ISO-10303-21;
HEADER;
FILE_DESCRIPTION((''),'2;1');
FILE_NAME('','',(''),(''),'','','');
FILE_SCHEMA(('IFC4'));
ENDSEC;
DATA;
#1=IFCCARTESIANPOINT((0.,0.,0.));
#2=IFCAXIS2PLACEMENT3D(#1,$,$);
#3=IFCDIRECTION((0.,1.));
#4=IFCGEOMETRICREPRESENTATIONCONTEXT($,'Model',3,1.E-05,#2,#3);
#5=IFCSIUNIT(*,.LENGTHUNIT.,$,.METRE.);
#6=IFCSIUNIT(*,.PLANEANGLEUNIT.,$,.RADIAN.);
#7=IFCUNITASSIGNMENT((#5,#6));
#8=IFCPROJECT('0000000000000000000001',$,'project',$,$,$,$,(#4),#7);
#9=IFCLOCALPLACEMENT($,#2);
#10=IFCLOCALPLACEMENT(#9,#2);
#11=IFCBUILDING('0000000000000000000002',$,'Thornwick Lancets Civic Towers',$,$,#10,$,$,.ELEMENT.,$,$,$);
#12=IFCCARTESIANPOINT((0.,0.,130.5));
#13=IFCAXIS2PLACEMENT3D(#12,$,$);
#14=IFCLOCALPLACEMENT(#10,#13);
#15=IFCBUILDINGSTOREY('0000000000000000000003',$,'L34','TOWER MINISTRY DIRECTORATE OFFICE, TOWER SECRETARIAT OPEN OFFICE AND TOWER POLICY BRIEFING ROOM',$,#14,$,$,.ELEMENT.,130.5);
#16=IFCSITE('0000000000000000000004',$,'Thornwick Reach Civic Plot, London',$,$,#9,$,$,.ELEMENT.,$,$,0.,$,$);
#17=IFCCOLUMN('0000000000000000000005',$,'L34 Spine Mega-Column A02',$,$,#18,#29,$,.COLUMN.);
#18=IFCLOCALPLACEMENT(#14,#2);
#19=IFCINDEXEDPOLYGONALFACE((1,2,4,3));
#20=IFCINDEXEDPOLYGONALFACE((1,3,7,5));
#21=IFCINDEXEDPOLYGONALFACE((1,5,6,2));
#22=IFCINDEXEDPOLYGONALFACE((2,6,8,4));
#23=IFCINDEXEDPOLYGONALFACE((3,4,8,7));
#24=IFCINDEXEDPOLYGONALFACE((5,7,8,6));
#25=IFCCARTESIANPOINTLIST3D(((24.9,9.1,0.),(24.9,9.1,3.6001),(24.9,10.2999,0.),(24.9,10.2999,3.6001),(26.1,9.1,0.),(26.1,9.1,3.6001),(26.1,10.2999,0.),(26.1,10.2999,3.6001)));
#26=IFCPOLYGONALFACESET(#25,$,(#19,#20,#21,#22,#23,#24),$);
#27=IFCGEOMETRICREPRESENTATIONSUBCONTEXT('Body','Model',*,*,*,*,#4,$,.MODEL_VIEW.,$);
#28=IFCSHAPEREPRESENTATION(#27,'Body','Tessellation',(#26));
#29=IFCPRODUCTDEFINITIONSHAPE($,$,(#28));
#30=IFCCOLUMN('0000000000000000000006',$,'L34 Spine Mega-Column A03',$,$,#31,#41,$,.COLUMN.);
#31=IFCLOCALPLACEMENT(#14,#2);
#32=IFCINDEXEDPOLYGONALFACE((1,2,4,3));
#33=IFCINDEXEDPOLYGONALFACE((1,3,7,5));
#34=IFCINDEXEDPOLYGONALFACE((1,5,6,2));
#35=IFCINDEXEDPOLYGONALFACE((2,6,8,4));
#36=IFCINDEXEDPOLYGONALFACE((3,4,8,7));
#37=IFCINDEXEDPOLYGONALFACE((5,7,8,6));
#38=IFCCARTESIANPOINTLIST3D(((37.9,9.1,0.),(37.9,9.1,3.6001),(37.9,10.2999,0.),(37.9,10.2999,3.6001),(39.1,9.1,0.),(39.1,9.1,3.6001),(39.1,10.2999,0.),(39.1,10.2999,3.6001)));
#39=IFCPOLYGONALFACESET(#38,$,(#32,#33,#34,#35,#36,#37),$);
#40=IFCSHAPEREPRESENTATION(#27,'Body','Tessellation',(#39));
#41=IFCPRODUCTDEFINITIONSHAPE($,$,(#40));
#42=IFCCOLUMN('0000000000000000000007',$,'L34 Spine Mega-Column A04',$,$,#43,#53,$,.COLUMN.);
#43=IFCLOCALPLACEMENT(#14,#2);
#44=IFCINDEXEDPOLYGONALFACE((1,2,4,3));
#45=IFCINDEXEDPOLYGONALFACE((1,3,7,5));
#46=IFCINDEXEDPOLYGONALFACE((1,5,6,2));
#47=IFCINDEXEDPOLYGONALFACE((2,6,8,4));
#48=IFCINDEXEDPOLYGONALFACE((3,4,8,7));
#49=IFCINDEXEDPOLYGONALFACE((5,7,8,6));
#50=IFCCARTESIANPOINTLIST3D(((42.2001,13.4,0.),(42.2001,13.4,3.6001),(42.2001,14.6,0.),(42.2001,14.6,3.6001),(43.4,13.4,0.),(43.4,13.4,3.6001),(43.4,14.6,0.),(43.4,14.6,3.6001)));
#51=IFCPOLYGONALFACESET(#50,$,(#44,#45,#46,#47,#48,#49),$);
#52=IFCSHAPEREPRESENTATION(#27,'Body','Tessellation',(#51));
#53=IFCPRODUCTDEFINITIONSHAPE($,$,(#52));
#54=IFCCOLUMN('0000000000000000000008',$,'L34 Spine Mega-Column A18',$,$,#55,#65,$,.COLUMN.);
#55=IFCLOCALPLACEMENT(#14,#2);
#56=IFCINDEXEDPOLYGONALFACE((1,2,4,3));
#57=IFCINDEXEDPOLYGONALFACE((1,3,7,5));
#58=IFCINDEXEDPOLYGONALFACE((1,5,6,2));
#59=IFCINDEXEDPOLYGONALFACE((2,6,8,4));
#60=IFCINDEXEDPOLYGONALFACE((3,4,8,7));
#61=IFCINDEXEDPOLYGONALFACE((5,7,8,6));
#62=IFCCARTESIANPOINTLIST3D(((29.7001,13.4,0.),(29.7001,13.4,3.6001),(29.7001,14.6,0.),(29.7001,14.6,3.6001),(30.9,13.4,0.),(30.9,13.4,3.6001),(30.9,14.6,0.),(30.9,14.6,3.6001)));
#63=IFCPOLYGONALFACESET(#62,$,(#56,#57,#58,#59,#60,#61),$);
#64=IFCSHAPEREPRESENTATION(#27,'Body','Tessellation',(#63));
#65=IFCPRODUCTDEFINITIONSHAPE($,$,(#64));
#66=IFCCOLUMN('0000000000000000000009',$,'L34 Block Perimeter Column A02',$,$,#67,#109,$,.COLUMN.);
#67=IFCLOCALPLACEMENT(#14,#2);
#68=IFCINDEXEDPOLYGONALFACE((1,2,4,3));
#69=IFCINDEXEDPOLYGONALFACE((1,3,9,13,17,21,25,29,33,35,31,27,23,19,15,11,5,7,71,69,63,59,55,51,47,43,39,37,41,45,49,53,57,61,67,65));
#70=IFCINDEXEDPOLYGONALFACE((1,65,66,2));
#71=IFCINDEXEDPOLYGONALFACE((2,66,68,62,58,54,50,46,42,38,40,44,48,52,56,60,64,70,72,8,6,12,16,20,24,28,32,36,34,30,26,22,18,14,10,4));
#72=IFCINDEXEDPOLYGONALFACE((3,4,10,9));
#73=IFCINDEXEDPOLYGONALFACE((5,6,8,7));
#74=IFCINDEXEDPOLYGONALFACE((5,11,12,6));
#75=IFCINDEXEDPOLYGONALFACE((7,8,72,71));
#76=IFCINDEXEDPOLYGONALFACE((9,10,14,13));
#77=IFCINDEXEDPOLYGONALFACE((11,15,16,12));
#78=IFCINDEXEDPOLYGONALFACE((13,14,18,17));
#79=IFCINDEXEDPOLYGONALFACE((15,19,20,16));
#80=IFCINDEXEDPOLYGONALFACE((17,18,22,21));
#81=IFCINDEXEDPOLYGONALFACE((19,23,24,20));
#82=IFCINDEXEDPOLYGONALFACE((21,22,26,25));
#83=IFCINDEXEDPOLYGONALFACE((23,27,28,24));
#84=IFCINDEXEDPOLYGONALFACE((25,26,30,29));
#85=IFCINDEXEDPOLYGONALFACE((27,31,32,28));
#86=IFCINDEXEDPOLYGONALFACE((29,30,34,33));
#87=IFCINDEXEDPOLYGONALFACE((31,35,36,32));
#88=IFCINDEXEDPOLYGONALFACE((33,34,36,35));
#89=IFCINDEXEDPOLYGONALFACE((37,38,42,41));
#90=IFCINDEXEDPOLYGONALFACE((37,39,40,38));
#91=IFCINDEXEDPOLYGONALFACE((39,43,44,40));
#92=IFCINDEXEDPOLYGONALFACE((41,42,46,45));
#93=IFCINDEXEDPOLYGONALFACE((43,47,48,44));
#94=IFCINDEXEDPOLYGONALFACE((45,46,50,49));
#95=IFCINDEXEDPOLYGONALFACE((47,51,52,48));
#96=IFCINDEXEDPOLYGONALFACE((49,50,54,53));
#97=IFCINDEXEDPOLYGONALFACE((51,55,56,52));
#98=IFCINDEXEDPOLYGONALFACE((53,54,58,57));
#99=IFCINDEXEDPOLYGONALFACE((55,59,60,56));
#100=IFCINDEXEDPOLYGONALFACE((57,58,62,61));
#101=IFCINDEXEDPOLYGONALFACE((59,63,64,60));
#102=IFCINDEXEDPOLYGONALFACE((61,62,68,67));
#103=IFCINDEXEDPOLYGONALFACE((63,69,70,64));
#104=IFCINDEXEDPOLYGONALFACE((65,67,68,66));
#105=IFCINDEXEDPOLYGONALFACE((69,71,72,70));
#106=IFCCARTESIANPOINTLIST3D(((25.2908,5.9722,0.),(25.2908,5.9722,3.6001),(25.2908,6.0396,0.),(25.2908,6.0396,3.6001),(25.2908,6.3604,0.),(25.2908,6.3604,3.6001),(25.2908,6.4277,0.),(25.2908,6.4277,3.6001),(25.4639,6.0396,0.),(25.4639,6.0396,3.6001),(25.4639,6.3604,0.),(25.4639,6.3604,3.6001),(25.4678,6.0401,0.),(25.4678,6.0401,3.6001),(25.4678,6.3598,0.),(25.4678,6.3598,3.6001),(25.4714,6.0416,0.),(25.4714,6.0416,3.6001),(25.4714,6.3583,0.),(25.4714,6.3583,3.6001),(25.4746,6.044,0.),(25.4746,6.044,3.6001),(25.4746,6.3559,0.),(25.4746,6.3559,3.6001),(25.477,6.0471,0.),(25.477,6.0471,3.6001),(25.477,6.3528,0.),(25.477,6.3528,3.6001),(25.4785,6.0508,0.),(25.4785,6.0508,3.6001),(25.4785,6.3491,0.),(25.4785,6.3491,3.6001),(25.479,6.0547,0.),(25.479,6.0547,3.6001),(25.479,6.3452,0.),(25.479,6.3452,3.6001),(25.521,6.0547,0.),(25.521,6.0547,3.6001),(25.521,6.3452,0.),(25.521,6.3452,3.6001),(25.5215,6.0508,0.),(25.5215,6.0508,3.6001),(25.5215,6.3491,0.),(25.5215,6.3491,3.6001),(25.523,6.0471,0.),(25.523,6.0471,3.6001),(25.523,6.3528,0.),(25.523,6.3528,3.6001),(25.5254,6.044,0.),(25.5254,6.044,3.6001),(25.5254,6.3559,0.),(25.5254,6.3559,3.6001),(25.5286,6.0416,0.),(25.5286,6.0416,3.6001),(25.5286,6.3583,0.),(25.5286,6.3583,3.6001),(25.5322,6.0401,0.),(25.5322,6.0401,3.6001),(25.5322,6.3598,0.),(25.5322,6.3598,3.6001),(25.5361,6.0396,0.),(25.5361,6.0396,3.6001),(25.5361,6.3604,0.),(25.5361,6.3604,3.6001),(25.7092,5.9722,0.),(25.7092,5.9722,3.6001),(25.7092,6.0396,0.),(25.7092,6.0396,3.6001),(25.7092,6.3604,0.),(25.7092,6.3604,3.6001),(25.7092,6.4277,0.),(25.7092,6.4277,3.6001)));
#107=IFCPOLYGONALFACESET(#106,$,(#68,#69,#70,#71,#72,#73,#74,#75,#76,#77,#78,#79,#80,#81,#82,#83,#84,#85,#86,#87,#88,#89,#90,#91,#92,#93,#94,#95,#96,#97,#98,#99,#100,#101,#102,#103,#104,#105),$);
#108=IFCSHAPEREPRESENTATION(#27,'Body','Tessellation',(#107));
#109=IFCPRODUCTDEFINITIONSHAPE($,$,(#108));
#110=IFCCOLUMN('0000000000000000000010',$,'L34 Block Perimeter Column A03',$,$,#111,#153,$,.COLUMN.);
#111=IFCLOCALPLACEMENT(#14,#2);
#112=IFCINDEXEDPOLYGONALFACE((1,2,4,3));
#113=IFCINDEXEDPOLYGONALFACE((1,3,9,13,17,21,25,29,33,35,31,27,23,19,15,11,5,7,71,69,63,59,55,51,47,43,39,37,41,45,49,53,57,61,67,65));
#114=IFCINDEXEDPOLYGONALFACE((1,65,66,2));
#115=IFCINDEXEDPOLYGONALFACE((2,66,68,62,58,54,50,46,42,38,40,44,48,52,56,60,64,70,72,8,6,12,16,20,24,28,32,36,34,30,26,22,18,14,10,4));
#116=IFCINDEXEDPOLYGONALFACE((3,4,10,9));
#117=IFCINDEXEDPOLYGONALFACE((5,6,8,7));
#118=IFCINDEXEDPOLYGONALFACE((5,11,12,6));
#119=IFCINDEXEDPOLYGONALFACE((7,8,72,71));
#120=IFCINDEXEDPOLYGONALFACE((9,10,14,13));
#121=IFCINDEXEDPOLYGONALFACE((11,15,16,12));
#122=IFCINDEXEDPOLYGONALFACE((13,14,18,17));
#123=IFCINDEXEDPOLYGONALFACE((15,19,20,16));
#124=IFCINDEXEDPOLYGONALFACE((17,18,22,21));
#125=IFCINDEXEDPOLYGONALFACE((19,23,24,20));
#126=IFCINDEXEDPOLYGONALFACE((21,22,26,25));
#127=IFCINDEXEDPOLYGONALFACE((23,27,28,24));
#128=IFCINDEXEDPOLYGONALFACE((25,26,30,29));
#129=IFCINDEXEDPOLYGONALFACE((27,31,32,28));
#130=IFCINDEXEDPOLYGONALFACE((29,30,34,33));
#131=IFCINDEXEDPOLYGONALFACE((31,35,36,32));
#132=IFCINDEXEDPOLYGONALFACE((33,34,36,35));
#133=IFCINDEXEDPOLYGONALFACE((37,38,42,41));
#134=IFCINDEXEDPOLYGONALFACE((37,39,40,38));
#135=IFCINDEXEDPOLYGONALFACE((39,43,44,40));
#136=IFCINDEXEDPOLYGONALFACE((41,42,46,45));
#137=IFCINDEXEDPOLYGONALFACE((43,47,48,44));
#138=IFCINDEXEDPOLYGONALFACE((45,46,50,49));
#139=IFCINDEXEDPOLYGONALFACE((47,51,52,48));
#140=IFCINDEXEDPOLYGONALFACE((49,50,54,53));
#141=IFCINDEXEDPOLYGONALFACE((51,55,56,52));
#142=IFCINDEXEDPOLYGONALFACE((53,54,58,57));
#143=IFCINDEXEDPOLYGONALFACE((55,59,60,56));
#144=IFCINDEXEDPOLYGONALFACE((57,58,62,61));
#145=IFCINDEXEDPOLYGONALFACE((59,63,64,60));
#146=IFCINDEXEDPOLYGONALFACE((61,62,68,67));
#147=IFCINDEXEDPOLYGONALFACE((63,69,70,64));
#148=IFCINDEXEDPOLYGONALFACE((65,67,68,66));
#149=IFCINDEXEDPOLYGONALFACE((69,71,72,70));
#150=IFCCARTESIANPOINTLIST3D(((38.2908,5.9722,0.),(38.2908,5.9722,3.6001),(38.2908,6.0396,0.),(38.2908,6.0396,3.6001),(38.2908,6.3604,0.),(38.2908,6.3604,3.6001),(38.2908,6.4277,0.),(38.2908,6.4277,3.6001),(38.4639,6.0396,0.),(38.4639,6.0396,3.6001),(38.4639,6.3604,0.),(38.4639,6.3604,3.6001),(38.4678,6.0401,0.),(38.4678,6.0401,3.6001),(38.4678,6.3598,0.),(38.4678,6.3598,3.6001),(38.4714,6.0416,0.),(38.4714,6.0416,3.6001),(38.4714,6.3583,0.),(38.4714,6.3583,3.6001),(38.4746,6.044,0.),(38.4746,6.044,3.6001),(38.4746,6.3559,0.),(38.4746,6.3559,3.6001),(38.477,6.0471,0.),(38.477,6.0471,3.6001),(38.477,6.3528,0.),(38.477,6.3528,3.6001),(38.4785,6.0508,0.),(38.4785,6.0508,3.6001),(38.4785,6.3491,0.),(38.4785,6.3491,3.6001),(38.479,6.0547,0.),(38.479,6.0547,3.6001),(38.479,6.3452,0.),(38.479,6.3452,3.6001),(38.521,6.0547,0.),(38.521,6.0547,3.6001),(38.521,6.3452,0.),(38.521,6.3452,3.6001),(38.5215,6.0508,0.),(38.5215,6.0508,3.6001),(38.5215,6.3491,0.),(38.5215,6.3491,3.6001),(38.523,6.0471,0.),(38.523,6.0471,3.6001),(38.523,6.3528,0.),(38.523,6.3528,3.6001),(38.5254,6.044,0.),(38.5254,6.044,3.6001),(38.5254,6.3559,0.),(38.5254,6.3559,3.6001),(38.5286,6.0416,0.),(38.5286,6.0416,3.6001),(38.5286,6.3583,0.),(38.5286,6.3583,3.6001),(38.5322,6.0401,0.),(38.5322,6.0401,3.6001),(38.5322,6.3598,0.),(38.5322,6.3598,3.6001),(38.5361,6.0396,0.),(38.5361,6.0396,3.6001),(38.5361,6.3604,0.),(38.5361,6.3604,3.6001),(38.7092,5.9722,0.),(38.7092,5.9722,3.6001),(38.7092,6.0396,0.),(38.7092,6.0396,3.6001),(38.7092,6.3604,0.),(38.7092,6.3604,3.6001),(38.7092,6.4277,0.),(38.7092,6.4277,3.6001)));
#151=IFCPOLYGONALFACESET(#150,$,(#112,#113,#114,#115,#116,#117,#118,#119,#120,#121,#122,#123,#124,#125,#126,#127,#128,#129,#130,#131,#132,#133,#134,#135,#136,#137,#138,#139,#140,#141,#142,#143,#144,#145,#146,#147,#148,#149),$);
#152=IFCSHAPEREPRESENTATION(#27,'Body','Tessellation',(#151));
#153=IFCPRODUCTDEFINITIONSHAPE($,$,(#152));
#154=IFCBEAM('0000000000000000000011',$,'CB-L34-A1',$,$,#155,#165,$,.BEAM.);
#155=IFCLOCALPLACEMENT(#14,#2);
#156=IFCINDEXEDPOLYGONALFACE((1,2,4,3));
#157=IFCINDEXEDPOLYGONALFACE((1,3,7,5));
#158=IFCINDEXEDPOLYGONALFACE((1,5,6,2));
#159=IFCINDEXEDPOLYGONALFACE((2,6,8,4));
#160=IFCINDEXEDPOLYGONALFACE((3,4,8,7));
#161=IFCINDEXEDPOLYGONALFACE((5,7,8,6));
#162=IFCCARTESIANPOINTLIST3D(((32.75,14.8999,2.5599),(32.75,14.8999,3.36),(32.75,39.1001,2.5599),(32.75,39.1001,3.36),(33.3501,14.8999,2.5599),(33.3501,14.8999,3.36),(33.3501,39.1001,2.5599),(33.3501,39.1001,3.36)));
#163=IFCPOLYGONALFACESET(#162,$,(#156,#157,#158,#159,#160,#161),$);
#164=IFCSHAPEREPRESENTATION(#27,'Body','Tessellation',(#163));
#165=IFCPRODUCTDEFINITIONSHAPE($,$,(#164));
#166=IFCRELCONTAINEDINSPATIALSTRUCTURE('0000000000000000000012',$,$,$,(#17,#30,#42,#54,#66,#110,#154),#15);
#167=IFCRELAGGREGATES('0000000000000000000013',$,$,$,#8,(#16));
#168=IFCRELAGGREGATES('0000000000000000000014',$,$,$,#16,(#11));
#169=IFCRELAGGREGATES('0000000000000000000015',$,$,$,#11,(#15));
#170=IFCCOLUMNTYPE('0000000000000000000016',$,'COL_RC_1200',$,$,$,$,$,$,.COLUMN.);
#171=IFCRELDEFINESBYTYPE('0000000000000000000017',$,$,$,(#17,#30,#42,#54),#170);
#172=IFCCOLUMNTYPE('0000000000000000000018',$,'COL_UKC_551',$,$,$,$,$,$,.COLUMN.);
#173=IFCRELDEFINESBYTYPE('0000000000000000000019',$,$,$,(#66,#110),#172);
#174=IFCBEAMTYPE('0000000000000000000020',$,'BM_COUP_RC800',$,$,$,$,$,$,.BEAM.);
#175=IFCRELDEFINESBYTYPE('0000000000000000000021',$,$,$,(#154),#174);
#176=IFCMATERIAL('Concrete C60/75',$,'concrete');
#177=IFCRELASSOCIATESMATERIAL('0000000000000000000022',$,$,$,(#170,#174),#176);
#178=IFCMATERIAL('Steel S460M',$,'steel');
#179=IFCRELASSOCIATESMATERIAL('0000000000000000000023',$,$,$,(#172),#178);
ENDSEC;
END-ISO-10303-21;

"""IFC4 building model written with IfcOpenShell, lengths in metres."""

from ifc_helpers import new_model, si_unit, direction, frame, origin, origin_2d, place, context, subcontext, project, spatial, rectangle, i_section, extrude, material, material_profile, profile_set, type_object, element, save


model = new_model("IFC4")

# Units and contexts
model_context = context("Model", 3, precision=1e-05, world=origin(), true_north=direction((0.0, 1.0)))
body_context = subcontext(model_context, "Body", "Model", "MODEL_VIEW")
ifc_project = project(units=[si_unit("LENGTHUNIT", "METRE"), si_unit("PLANEANGLEUNIT", "RADIAN")], contexts=[model_context])

# Site, building, storey
site_placement = place(None, origin())
site = spatial("IfcSite", under=ifc_project, at=site_placement, Name="Thornwick Reach Civic Plot, London", CompositionType="ELEMENT", RefElevation=0.0)
building_placement = place(site_placement, origin())
building = spatial("IfcBuilding", under=site, at=building_placement, Name="Thornwick Lancets Civic Towers", CompositionType="ELEMENT")
storey_placement = place(building_placement, frame((0.0, 0.0, 130.5)))
storey = spatial("IfcBuildingStorey", under=building, at=storey_placement, Name="L34", Description="TOWER MINISTRY DIRECTORATE OFFICE, TOWER SECRETARIAT OPEN OFFICE AND TOWER POLICY BRIEFING ROOM", CompositionType="ELEMENT", Elevation=130.5)

# Columns
ifc_material_1 = material(Name="Concrete C60/75", Category="concrete")
ifc_material_profile_1 = material_profile(ifc_material_1, rectangle(XDim=1.2, YDim=1.2, at=origin_2d()), Name="RC 1200x1200")
ifc_profile_set_1 = profile_set([ifc_material_profile_1], Name="Concrete C60/75")
column_type_1 = type_object("IfcColumnType", Name="COL_RC_1200", PredefinedType="COLUMN", material=ifc_profile_set_1)
for number, where, z_axis, x_axis, name in (
    (1, (25.5, 9.7, 0.0), (0.0, 0.0, 1.0), (1.0, 0.0, 0.0), "L34 Spine Mega-Column A02"),
    (2, (38.5, 9.7, 0.0), (0.0, 0.0, 1.0), (1.0, 0.0, 0.0), "L34 Spine Mega-Column A03"),
    (3, (42.8, 14.0, 0.0), (0.0, 0.0, 1.0), (1.0, 0.0, 0.0), "L34 Spine Mega-Column A04"),
    (4, (30.3, 14.0, 0.0), (0.0, 0.0, 1.0), (1.0, 0.0, 0.0), "L34 Spine Mega-Column A18"),
):
    element("IfcColumn", number, at=place(storey_placement, frame(where, z_axis=z_axis, x_axis=x_axis)), inside=storey, type_object=column_type_1, Name=name, PredefinedType="COLUMN", context=body_context, shape_type="SweptSolid", body=[
        extrude(rectangle(XDim=1.2, YDim=1.2, at=origin_2d()), origin(), (0.0, 0.0, 1.0), 3.6001),
    ])
ifc_material_2 = material(Name="Steel S460M", Category="steel")
ifc_material_profile_2 = material_profile(ifc_material_2, i_section(OverallWidth=0.4185, OverallDepth=0.4556, WebThickness=0.042, FlangeThickness=0.0674, FilletRadius=0.0151, at=origin_2d()), Name="UKC 356x406x551")
ifc_profile_set_2 = profile_set([ifc_material_profile_2], Name="Steel S460M")
column_type_2 = type_object("IfcColumnType", Name="COL_UKC_551", PredefinedType="COLUMN", material=ifc_profile_set_2)
for number, where, z_axis, x_axis, name in (
    (5, (25.5, 6.2, 0.0), (0.0, 0.0, 1.0), (1.0, 0.0, 0.0), "L34 Block Perimeter Column A02"),
    (6, (38.5, 6.2, 0.0), (0.0, 0.0, 1.0), (1.0, 0.0, 0.0), "L34 Block Perimeter Column A03"),
):
    element("IfcColumn", number, at=place(storey_placement, frame(where, z_axis=z_axis, x_axis=x_axis)), inside=storey, type_object=column_type_2, Name=name, PredefinedType="COLUMN", context=body_context, shape_type="SweptSolid", body=[
        extrude(i_section(OverallWidth=0.4185, OverallDepth=0.4556, WebThickness=0.042, FlangeThickness=0.0674, FilletRadius=0.0151, at=origin_2d()), origin(), (0.0, 0.0, 1.0), 3.6001),
    ])

# Beam
ifc_material_profile_3 = material_profile(ifc_material_1, rectangle(XDim=0.6001, YDim=0.8, at=origin_2d()), Name="RC 600x800")
ifc_profile_set_3 = profile_set([ifc_material_profile_3], Name="Concrete C60/75")
beam_type_1 = type_object("IfcBeamType", Name="BM_COUP_RC800", PredefinedType="BEAM", material=ifc_profile_set_3)
beam_1_placement = place(storey_placement, frame((33.05, 14.8999, 2.96), z_axis=(0.0, 1.0, 0.0), x_axis=(-1.0, 0.0, 0.0)))
element("IfcBeam", 7, at=beam_1_placement, inside=storey, type_object=beam_type_1, Name="CB-L34-A1", PredefinedType="BEAM", context=body_context, shape_type="SweptSolid", body=[
    extrude(rectangle(XDim=0.6001, YDim=0.8, at=origin_2d()), origin(), (0.0, 0.0, 1.0), 24.2002),
])

save(model, "model.ifc")
